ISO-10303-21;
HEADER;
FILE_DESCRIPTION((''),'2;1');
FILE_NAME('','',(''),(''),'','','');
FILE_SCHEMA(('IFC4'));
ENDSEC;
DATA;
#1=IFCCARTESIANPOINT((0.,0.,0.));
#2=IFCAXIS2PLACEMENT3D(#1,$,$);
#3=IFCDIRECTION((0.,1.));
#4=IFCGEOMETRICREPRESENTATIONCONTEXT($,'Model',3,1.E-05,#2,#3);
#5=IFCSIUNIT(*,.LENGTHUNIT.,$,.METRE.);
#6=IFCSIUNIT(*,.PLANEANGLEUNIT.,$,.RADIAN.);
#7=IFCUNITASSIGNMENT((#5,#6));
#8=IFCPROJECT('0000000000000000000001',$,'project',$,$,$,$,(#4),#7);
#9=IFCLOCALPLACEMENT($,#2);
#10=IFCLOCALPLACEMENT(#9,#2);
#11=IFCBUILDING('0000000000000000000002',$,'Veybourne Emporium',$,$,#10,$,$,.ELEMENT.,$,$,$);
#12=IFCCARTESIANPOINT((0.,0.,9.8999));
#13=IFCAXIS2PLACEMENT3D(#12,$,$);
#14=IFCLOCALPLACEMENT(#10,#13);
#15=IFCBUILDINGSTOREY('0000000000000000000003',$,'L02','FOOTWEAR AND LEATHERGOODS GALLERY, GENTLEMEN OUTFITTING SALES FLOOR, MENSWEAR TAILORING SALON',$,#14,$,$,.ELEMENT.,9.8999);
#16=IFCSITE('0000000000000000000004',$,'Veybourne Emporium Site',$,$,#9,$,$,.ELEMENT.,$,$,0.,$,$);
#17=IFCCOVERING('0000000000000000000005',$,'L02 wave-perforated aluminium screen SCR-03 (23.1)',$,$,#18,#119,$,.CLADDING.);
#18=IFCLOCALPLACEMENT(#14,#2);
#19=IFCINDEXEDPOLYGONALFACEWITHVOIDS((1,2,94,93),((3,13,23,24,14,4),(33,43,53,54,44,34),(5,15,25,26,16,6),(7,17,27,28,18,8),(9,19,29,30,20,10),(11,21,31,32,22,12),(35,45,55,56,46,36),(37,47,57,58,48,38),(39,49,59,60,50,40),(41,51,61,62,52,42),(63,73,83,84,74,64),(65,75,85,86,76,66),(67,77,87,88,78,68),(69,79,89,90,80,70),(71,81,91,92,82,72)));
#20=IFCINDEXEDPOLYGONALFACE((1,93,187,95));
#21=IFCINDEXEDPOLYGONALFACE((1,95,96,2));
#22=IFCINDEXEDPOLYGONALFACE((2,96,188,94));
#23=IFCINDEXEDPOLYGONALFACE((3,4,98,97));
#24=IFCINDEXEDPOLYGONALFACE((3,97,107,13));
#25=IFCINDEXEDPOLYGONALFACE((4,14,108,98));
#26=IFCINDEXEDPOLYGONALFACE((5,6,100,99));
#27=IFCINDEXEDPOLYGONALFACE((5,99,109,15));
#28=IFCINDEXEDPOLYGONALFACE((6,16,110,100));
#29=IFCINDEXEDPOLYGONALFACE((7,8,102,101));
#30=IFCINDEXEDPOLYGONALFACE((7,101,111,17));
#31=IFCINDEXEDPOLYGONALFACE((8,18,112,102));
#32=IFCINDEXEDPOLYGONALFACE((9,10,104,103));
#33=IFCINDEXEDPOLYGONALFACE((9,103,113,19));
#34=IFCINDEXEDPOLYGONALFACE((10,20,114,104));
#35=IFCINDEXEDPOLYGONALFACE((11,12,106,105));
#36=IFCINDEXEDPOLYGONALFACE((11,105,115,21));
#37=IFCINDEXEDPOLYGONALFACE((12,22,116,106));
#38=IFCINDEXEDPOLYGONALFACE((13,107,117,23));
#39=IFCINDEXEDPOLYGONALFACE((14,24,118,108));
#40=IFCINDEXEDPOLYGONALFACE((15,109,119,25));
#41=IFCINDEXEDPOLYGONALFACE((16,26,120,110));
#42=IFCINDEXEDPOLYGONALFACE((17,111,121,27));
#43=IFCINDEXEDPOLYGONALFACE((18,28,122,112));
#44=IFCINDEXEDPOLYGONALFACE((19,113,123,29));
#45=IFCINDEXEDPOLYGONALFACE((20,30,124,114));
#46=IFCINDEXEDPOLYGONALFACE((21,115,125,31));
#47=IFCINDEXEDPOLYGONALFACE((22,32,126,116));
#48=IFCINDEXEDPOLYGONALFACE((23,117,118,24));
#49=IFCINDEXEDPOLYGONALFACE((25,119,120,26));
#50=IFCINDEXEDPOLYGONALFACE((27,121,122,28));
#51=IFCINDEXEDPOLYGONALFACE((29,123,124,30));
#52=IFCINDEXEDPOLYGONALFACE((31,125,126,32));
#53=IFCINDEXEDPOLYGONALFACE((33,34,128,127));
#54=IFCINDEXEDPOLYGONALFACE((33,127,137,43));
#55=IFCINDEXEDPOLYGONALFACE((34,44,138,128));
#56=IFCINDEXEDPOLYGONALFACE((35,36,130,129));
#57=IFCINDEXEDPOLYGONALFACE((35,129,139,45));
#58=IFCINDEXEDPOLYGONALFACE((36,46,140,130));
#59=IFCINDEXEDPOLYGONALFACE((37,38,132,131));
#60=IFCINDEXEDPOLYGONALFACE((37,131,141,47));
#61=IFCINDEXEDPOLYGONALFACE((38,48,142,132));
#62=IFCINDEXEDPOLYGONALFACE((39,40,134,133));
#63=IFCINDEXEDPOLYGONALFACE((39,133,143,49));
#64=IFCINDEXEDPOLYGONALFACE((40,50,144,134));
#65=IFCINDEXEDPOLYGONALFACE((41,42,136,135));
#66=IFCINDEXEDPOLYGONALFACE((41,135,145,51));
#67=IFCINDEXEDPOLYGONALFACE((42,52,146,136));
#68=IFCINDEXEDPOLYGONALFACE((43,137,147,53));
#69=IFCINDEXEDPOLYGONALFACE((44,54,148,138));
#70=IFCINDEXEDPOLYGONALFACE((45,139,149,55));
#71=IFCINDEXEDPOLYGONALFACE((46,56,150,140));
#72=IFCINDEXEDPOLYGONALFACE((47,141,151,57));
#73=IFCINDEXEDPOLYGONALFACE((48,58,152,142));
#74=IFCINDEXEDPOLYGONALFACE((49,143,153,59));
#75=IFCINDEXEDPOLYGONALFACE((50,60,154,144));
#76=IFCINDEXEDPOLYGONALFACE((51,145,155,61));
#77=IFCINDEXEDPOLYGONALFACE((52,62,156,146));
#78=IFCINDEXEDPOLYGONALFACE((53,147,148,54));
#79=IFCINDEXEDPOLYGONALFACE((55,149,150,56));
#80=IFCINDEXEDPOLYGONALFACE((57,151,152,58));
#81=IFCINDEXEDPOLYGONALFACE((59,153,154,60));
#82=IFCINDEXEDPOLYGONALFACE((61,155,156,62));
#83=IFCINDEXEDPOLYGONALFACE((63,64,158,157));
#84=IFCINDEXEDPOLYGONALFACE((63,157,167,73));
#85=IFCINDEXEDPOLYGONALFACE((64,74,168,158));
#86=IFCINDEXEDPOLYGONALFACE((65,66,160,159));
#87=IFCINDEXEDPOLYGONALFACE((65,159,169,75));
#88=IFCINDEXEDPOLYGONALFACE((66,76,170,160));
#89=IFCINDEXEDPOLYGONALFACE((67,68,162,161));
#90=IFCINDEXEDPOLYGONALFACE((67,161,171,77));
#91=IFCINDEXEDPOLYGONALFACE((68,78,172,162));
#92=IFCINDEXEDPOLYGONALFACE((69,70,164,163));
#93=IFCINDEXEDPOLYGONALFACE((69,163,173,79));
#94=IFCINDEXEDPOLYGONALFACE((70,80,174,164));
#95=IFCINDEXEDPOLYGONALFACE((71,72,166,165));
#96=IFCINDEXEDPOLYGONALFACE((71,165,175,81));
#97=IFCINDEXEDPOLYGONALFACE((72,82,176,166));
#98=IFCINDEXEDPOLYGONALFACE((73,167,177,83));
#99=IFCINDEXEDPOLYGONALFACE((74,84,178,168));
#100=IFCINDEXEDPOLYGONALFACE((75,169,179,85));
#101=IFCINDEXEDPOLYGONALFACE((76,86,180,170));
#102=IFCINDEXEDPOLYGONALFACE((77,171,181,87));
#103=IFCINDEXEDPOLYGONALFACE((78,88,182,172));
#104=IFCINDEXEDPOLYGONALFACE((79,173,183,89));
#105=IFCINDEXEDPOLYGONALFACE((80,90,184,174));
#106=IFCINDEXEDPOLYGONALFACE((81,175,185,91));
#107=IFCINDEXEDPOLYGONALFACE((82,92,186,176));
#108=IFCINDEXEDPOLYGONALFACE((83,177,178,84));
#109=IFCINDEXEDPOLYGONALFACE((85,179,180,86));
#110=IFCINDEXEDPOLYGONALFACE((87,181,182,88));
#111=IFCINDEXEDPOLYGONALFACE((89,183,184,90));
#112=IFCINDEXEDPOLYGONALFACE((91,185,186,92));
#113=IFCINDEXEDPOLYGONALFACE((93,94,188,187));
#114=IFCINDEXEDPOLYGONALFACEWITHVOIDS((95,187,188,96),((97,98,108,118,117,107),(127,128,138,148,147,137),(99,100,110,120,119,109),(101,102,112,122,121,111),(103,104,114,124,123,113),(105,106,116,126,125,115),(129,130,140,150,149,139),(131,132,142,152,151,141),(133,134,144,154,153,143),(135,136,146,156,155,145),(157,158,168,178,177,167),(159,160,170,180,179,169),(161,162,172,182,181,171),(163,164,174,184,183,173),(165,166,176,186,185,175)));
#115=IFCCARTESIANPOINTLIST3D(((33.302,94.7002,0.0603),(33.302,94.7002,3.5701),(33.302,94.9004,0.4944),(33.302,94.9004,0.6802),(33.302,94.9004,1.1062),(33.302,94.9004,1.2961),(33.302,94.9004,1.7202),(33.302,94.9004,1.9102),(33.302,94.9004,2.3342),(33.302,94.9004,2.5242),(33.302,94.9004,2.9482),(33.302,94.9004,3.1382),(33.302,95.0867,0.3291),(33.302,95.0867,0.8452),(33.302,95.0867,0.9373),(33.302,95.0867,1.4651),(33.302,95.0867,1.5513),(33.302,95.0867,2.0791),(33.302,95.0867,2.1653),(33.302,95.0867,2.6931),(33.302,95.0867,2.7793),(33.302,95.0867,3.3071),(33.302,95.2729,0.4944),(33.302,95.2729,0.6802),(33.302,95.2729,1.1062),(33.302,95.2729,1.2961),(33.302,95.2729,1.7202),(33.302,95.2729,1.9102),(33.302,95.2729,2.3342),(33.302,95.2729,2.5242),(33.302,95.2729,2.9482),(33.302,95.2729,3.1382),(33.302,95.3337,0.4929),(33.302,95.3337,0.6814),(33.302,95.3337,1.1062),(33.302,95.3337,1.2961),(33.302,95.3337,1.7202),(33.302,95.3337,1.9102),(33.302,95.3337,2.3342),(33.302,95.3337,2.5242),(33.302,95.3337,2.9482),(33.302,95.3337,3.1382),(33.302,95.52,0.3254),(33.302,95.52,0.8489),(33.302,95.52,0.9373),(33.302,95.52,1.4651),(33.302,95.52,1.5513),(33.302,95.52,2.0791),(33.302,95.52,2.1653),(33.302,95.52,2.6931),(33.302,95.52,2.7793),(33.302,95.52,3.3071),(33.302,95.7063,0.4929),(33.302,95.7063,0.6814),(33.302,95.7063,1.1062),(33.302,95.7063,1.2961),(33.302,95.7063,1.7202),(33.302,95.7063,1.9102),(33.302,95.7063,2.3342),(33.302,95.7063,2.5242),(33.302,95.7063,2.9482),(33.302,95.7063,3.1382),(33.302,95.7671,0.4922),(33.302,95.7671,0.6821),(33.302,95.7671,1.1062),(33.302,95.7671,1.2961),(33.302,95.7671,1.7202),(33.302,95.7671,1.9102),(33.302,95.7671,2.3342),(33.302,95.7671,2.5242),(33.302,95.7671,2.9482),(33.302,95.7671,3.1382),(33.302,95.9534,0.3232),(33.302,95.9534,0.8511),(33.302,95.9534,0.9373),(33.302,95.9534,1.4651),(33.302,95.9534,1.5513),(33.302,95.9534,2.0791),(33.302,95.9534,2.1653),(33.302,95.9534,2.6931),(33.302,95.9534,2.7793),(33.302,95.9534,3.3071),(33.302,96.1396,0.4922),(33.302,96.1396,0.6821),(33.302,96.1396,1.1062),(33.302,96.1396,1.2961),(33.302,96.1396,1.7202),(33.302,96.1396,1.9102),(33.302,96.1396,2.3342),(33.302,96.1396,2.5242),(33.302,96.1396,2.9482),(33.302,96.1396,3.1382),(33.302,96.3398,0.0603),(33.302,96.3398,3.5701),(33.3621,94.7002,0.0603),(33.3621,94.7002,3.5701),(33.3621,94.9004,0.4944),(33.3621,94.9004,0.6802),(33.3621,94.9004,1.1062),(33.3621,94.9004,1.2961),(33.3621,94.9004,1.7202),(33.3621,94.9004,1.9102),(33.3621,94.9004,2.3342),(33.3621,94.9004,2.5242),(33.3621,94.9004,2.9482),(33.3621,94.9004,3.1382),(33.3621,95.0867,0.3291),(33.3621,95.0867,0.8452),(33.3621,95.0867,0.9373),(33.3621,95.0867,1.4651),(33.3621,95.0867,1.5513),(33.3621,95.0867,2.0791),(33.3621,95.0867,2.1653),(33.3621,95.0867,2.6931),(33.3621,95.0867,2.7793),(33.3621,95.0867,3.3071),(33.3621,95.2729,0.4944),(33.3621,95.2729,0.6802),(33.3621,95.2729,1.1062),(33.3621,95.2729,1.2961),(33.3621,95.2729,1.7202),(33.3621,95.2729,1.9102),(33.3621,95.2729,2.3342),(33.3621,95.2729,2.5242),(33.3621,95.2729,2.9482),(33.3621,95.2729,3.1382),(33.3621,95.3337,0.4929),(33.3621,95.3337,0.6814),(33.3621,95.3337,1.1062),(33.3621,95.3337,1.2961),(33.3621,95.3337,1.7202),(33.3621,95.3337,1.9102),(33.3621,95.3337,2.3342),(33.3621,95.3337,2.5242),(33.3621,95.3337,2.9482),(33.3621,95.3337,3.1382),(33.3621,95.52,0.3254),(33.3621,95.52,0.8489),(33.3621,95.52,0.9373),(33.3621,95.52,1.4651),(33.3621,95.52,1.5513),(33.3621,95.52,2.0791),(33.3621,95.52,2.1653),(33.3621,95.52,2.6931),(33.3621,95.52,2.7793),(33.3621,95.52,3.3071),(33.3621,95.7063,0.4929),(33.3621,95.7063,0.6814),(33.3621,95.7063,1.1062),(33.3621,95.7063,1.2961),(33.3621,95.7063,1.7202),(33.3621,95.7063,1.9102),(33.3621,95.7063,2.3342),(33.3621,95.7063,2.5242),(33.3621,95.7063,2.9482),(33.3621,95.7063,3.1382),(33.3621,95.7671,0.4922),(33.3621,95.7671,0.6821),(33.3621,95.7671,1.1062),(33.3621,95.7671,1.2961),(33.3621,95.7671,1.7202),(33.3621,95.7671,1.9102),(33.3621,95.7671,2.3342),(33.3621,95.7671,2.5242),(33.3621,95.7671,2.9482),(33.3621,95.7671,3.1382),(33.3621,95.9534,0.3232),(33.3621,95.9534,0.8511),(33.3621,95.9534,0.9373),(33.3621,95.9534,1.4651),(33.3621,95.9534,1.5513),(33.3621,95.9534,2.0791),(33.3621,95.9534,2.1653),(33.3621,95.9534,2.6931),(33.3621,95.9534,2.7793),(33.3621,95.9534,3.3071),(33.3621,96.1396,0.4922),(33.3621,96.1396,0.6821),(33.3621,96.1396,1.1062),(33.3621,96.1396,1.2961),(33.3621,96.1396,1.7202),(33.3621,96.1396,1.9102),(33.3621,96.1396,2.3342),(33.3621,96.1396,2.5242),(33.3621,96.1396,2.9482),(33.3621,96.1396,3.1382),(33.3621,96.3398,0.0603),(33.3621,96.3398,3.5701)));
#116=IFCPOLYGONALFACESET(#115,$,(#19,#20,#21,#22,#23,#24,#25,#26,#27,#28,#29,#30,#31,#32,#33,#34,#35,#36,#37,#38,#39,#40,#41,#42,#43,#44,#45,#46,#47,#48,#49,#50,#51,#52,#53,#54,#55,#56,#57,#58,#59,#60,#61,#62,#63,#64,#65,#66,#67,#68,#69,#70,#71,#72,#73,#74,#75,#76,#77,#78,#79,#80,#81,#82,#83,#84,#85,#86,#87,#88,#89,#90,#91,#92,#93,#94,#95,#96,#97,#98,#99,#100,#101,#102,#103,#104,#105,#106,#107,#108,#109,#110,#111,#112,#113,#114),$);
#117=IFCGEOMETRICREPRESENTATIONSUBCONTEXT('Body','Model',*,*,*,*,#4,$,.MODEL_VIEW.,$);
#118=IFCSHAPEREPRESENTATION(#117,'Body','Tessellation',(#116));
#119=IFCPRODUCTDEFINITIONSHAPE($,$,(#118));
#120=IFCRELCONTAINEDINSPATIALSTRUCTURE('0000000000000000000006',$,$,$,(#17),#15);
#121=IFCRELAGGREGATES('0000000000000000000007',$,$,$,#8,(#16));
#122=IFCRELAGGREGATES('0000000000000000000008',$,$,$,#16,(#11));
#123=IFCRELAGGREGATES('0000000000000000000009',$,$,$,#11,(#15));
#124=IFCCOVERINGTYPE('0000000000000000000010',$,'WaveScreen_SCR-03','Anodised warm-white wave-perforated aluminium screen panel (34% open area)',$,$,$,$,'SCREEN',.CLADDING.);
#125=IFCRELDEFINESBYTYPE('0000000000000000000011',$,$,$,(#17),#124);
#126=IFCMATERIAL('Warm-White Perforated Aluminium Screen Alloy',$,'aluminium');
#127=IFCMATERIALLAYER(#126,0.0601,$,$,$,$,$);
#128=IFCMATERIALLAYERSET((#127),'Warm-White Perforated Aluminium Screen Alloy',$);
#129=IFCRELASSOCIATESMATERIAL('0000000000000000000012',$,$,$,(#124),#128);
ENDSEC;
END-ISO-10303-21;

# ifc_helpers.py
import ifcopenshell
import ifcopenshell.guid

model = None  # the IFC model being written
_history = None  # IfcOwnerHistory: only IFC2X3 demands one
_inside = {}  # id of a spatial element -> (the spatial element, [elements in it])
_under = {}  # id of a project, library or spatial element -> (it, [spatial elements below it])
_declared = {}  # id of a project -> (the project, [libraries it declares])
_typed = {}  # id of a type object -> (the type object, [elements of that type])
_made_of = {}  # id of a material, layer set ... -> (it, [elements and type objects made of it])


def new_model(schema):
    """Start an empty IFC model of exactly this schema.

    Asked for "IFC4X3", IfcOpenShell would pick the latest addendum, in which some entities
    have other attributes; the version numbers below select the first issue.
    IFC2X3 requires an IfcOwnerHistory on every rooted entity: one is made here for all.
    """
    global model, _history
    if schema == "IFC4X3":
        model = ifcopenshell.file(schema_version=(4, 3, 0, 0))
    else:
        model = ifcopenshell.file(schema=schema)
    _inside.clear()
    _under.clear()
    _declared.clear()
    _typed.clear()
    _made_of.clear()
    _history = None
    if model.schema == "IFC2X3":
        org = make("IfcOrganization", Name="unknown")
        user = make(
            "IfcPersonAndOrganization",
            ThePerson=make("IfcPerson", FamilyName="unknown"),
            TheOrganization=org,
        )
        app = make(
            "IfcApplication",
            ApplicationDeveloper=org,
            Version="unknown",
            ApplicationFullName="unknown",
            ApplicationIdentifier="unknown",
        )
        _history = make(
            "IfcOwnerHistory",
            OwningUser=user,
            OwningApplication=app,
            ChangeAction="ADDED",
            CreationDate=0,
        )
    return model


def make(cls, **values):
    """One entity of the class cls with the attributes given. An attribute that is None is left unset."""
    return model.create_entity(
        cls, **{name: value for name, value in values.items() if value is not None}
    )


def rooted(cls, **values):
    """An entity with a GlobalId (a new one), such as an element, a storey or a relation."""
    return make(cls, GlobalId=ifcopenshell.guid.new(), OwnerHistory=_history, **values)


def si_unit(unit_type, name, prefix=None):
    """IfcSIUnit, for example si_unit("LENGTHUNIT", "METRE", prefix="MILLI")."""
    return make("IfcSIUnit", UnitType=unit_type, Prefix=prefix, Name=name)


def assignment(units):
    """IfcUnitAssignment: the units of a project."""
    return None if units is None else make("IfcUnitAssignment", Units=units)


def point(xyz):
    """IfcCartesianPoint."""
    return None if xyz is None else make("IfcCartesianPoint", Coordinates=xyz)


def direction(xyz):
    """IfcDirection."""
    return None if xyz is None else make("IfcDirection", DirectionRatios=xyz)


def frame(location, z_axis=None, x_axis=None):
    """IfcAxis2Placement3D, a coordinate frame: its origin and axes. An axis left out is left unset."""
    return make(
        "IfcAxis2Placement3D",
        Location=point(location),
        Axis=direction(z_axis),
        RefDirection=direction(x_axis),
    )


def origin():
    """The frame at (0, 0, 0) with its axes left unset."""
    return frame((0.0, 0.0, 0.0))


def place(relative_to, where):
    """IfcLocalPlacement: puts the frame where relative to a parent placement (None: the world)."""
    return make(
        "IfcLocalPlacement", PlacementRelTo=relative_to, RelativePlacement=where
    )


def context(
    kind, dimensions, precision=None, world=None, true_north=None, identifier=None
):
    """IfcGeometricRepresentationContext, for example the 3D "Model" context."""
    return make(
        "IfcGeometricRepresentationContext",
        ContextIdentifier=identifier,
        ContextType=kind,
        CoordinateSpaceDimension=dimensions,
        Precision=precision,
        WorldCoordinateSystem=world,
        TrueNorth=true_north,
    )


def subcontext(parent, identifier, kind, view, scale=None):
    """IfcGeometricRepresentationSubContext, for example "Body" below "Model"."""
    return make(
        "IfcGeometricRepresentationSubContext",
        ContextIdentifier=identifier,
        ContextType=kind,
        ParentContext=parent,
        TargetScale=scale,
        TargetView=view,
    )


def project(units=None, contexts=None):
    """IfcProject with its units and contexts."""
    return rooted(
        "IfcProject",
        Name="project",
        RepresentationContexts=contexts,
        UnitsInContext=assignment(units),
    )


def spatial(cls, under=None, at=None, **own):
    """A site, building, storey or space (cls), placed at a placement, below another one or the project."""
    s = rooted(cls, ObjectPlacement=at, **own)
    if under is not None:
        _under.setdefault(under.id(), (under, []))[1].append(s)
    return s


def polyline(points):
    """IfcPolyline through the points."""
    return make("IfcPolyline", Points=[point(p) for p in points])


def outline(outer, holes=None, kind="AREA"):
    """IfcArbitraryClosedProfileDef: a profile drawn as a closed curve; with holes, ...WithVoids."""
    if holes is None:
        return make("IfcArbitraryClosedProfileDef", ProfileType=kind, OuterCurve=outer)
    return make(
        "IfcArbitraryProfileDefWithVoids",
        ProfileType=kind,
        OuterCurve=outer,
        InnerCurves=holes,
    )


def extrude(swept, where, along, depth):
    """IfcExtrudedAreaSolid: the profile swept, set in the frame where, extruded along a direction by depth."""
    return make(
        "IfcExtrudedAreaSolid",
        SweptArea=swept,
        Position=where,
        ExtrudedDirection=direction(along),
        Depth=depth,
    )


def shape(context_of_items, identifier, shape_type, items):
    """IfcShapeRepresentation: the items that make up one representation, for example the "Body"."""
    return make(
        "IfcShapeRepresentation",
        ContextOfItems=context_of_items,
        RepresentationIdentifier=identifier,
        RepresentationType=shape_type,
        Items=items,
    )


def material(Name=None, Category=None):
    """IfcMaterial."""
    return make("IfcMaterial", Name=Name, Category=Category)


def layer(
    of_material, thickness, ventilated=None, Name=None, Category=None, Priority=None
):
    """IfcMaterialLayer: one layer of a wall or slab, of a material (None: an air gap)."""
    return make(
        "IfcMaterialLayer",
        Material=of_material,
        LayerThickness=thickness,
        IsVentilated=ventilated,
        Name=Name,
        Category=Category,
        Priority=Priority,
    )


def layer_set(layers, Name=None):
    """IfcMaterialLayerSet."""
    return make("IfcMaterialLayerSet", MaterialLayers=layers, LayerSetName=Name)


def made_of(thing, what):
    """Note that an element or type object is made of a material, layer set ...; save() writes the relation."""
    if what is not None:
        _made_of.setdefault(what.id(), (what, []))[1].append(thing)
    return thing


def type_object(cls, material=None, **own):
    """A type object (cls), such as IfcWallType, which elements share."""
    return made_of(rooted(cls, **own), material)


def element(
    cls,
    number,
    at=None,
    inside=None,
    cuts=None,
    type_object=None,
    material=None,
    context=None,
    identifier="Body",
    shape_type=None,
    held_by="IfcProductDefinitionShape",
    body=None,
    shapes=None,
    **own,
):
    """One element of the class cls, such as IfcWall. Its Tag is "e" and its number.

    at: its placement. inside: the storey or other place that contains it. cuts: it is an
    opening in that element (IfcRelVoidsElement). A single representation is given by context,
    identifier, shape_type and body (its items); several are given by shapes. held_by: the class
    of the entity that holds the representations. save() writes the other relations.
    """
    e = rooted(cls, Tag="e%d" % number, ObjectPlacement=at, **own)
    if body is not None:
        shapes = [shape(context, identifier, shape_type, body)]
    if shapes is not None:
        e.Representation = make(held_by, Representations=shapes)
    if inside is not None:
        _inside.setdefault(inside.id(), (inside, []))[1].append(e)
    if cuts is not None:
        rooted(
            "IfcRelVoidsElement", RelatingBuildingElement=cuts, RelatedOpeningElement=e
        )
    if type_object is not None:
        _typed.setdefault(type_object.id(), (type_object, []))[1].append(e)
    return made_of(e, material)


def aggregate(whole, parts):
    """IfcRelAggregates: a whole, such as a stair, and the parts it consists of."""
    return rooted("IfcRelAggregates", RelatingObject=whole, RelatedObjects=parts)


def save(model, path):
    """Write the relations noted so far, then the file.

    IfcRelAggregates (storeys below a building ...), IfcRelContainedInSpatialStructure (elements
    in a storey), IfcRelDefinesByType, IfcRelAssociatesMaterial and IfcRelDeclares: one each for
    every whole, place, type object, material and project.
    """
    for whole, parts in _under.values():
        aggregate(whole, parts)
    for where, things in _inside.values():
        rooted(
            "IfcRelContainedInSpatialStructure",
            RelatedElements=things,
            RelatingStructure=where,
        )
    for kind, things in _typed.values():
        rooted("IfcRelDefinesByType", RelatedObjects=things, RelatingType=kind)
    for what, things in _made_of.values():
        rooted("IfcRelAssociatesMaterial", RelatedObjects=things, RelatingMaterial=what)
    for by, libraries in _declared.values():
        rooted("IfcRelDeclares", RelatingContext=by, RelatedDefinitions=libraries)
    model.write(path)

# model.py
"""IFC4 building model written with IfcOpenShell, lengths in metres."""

from ifc_helpers import new_model, si_unit, direction, frame, origin, place, context, subcontext, project, spatial, polyline, outline, extrude, material, layer, layer_set, type_object, element, save


model = new_model("IFC4")

# Units and contexts
model_context = context("Model", 3, precision=1e-05, world=origin(), true_north=direction((0.0, 1.0)))
body_context = subcontext(model_context, "Body", "Model", "MODEL_VIEW")
ifc_project = project(units=[si_unit("LENGTHUNIT", "METRE"), si_unit("PLANEANGLEUNIT", "RADIAN")], contexts=[model_context])

# Site, building, storey
site_placement = place(None, origin())
site = spatial("IfcSite", under=ifc_project, at=site_placement, Name="Veybourne Emporium Site", CompositionType="ELEMENT", RefElevation=0.0)
building_placement = place(site_placement, origin())
building = spatial("IfcBuilding", under=site, at=building_placement, Name="Veybourne Emporium", CompositionType="ELEMENT")
storey_placement = place(building_placement, frame((0.0, 0.0, 9.8999)))
storey = spatial("IfcBuildingStorey", under=building, at=storey_placement, Name="L02", Description="FOOTWEAR AND LEATHERGOODS GALLERY, GENTLEMEN OUTFITTING SALES FLOOR, MENSWEAR TAILORING SALON", CompositionType="ELEMENT", Elevation=9.8999)

# Covering
ifc_material_1 = material(Name="Warm-White Perforated Aluminium Screen Alloy", Category="aluminium")
ifc_layer_1 = layer(ifc_material_1, 0.0601)
ifc_layer_set_1 = layer_set([ifc_layer_1], Name="Warm-White Perforated Aluminium Screen Alloy")
covering_type_1 = type_object("IfcCoveringType", Name="WaveScreen_SCR-03", Description="Anodised warm-white wave-perforated aluminium screen panel (34% open area)", ElementType="SCREEN", PredefinedType="CLADDING", material=ifc_layer_set_1)
covering_1_placement = place(storey_placement, frame((33.302, 95.52, 1.8152), z_axis=(1.0, 0.0, 0.0), x_axis=(0.0, 1.0, 0.0)))
element("IfcCovering", 1, at=covering_1_placement, inside=storey, type_object=covering_type_1, Name="L02 wave-perforated aluminium screen SCR-03 (23.1)", PredefinedType="CLADDING", context=body_context, shape_type="SweptSolid", body=[
    extrude(outline(polyline([(-0.8198, -1.7549), (0.8198, -1.7549), (0.8198, 1.7549), (-0.8198, 1.7549), (-0.8198, -1.7549)]), holes=[polyline([(-0.4333, -0.97), (-0.2471, -1.135), (-0.2471, -1.3208), (-0.4333, -1.4861), (-0.6196, -1.3208), (-0.6196, -1.135), (-0.4333, -0.97)]), polyline([(-0.4333, -0.3501), (-0.2471, -0.519), (-0.2471, -0.709), (-0.4333, -0.8779), (-0.6196, -0.709), (-0.6196, -0.519), (-0.4333, -0.3501)]), polyline([(-0.4333, 0.2639), (-0.2471, 0.095), (-0.2471, -0.095), (-0.4333, -0.2639), (-0.6196, -0.095), (-0.6196, 0.095), (-0.4333, 0.2639)]), polyline([(-0.4333, 0.8779), (-0.2471, 0.709), (-0.2471, 0.519), (-0.4333, 0.3501), (-0.6196, 0.519), (-0.6196, 0.709), (-0.4333, 0.8779)]), polyline([(-0.4333, 1.4919), (-0.2471, 1.323), (-0.2471, 1.1331), (-0.4333, 0.9641), (-0.6196, 1.1331), (-0.6196, 1.323), (-0.4333, 1.4919)]), polyline([(0.0, -0.9663), (0.1863, -1.1338), (0.1863, -1.3223), (0.0, -1.4897), (-0.1863, -1.3223), (-0.1863, -1.1338), (0.0, -0.9663)]), polyline([(0.0, -0.3501), (0.1863, -0.519), (0.1863, -0.709), (0.0, -0.8779), (-0.1863, -0.709), (-0.1863, -0.519), (0.0, -0.3501)]), polyline([(0.0, 0.2639), (0.1863, 0.095), (0.1863, -0.095), (0.0, -0.2639), (-0.1863, -0.095), (-0.1863, 0.095), (0.0, 0.2639)]), polyline([(0.0, 0.8779), (0.1863, 0.709), (0.1863, 0.519), (0.0, 0.3501), (-0.1863, 0.519), (-0.1863, 0.709), (0.0, 0.8779)]), polyline([(0.0, 1.4919), (0.1863, 1.323), (0.1863, 1.1331), (0.0, 0.9641), (-0.1863, 1.1331), (-0.1863, 1.323), (0.0, 1.4919)]), polyline([(0.4333, -0.9641), (0.6196, -1.1331), (0.6196, -1.323), (0.4333, -1.4919), (0.2471, -1.323), (0.2471, -1.1331), (0.4333, -0.9641)]), polyline([(0.4333, -0.3501), (0.6196, -0.519), (0.6196, -0.709), (0.4333, -0.8779), (0.2471, -0.709), (0.2471, -0.519), (0.4333, -0.3501)]), polyline([(0.4333, 0.2639), (0.6196, 0.095), (0.6196, -0.095), (0.4333, -0.2639), (0.2471, -0.095), (0.2471, 0.095), (0.4333, 0.2639)]), polyline([(0.4333, 0.8779), (0.6196, 0.709), (0.6196, 0.519), (0.4333, 0.3501), (0.2471, 0.519), (0.2471, 0.709), (0.4333, 0.8779)]), polyline([(0.4333, 1.4919), (0.6196, 1.323), (0.6196, 1.1331), (0.4333, 0.9641), (0.2471, 1.1331), (0.2471, 1.323), (0.4333, 1.4919)])]), origin(), (0.0, 0.0, 1.0), 0.0601),
])

save(model, "model.ifc")
